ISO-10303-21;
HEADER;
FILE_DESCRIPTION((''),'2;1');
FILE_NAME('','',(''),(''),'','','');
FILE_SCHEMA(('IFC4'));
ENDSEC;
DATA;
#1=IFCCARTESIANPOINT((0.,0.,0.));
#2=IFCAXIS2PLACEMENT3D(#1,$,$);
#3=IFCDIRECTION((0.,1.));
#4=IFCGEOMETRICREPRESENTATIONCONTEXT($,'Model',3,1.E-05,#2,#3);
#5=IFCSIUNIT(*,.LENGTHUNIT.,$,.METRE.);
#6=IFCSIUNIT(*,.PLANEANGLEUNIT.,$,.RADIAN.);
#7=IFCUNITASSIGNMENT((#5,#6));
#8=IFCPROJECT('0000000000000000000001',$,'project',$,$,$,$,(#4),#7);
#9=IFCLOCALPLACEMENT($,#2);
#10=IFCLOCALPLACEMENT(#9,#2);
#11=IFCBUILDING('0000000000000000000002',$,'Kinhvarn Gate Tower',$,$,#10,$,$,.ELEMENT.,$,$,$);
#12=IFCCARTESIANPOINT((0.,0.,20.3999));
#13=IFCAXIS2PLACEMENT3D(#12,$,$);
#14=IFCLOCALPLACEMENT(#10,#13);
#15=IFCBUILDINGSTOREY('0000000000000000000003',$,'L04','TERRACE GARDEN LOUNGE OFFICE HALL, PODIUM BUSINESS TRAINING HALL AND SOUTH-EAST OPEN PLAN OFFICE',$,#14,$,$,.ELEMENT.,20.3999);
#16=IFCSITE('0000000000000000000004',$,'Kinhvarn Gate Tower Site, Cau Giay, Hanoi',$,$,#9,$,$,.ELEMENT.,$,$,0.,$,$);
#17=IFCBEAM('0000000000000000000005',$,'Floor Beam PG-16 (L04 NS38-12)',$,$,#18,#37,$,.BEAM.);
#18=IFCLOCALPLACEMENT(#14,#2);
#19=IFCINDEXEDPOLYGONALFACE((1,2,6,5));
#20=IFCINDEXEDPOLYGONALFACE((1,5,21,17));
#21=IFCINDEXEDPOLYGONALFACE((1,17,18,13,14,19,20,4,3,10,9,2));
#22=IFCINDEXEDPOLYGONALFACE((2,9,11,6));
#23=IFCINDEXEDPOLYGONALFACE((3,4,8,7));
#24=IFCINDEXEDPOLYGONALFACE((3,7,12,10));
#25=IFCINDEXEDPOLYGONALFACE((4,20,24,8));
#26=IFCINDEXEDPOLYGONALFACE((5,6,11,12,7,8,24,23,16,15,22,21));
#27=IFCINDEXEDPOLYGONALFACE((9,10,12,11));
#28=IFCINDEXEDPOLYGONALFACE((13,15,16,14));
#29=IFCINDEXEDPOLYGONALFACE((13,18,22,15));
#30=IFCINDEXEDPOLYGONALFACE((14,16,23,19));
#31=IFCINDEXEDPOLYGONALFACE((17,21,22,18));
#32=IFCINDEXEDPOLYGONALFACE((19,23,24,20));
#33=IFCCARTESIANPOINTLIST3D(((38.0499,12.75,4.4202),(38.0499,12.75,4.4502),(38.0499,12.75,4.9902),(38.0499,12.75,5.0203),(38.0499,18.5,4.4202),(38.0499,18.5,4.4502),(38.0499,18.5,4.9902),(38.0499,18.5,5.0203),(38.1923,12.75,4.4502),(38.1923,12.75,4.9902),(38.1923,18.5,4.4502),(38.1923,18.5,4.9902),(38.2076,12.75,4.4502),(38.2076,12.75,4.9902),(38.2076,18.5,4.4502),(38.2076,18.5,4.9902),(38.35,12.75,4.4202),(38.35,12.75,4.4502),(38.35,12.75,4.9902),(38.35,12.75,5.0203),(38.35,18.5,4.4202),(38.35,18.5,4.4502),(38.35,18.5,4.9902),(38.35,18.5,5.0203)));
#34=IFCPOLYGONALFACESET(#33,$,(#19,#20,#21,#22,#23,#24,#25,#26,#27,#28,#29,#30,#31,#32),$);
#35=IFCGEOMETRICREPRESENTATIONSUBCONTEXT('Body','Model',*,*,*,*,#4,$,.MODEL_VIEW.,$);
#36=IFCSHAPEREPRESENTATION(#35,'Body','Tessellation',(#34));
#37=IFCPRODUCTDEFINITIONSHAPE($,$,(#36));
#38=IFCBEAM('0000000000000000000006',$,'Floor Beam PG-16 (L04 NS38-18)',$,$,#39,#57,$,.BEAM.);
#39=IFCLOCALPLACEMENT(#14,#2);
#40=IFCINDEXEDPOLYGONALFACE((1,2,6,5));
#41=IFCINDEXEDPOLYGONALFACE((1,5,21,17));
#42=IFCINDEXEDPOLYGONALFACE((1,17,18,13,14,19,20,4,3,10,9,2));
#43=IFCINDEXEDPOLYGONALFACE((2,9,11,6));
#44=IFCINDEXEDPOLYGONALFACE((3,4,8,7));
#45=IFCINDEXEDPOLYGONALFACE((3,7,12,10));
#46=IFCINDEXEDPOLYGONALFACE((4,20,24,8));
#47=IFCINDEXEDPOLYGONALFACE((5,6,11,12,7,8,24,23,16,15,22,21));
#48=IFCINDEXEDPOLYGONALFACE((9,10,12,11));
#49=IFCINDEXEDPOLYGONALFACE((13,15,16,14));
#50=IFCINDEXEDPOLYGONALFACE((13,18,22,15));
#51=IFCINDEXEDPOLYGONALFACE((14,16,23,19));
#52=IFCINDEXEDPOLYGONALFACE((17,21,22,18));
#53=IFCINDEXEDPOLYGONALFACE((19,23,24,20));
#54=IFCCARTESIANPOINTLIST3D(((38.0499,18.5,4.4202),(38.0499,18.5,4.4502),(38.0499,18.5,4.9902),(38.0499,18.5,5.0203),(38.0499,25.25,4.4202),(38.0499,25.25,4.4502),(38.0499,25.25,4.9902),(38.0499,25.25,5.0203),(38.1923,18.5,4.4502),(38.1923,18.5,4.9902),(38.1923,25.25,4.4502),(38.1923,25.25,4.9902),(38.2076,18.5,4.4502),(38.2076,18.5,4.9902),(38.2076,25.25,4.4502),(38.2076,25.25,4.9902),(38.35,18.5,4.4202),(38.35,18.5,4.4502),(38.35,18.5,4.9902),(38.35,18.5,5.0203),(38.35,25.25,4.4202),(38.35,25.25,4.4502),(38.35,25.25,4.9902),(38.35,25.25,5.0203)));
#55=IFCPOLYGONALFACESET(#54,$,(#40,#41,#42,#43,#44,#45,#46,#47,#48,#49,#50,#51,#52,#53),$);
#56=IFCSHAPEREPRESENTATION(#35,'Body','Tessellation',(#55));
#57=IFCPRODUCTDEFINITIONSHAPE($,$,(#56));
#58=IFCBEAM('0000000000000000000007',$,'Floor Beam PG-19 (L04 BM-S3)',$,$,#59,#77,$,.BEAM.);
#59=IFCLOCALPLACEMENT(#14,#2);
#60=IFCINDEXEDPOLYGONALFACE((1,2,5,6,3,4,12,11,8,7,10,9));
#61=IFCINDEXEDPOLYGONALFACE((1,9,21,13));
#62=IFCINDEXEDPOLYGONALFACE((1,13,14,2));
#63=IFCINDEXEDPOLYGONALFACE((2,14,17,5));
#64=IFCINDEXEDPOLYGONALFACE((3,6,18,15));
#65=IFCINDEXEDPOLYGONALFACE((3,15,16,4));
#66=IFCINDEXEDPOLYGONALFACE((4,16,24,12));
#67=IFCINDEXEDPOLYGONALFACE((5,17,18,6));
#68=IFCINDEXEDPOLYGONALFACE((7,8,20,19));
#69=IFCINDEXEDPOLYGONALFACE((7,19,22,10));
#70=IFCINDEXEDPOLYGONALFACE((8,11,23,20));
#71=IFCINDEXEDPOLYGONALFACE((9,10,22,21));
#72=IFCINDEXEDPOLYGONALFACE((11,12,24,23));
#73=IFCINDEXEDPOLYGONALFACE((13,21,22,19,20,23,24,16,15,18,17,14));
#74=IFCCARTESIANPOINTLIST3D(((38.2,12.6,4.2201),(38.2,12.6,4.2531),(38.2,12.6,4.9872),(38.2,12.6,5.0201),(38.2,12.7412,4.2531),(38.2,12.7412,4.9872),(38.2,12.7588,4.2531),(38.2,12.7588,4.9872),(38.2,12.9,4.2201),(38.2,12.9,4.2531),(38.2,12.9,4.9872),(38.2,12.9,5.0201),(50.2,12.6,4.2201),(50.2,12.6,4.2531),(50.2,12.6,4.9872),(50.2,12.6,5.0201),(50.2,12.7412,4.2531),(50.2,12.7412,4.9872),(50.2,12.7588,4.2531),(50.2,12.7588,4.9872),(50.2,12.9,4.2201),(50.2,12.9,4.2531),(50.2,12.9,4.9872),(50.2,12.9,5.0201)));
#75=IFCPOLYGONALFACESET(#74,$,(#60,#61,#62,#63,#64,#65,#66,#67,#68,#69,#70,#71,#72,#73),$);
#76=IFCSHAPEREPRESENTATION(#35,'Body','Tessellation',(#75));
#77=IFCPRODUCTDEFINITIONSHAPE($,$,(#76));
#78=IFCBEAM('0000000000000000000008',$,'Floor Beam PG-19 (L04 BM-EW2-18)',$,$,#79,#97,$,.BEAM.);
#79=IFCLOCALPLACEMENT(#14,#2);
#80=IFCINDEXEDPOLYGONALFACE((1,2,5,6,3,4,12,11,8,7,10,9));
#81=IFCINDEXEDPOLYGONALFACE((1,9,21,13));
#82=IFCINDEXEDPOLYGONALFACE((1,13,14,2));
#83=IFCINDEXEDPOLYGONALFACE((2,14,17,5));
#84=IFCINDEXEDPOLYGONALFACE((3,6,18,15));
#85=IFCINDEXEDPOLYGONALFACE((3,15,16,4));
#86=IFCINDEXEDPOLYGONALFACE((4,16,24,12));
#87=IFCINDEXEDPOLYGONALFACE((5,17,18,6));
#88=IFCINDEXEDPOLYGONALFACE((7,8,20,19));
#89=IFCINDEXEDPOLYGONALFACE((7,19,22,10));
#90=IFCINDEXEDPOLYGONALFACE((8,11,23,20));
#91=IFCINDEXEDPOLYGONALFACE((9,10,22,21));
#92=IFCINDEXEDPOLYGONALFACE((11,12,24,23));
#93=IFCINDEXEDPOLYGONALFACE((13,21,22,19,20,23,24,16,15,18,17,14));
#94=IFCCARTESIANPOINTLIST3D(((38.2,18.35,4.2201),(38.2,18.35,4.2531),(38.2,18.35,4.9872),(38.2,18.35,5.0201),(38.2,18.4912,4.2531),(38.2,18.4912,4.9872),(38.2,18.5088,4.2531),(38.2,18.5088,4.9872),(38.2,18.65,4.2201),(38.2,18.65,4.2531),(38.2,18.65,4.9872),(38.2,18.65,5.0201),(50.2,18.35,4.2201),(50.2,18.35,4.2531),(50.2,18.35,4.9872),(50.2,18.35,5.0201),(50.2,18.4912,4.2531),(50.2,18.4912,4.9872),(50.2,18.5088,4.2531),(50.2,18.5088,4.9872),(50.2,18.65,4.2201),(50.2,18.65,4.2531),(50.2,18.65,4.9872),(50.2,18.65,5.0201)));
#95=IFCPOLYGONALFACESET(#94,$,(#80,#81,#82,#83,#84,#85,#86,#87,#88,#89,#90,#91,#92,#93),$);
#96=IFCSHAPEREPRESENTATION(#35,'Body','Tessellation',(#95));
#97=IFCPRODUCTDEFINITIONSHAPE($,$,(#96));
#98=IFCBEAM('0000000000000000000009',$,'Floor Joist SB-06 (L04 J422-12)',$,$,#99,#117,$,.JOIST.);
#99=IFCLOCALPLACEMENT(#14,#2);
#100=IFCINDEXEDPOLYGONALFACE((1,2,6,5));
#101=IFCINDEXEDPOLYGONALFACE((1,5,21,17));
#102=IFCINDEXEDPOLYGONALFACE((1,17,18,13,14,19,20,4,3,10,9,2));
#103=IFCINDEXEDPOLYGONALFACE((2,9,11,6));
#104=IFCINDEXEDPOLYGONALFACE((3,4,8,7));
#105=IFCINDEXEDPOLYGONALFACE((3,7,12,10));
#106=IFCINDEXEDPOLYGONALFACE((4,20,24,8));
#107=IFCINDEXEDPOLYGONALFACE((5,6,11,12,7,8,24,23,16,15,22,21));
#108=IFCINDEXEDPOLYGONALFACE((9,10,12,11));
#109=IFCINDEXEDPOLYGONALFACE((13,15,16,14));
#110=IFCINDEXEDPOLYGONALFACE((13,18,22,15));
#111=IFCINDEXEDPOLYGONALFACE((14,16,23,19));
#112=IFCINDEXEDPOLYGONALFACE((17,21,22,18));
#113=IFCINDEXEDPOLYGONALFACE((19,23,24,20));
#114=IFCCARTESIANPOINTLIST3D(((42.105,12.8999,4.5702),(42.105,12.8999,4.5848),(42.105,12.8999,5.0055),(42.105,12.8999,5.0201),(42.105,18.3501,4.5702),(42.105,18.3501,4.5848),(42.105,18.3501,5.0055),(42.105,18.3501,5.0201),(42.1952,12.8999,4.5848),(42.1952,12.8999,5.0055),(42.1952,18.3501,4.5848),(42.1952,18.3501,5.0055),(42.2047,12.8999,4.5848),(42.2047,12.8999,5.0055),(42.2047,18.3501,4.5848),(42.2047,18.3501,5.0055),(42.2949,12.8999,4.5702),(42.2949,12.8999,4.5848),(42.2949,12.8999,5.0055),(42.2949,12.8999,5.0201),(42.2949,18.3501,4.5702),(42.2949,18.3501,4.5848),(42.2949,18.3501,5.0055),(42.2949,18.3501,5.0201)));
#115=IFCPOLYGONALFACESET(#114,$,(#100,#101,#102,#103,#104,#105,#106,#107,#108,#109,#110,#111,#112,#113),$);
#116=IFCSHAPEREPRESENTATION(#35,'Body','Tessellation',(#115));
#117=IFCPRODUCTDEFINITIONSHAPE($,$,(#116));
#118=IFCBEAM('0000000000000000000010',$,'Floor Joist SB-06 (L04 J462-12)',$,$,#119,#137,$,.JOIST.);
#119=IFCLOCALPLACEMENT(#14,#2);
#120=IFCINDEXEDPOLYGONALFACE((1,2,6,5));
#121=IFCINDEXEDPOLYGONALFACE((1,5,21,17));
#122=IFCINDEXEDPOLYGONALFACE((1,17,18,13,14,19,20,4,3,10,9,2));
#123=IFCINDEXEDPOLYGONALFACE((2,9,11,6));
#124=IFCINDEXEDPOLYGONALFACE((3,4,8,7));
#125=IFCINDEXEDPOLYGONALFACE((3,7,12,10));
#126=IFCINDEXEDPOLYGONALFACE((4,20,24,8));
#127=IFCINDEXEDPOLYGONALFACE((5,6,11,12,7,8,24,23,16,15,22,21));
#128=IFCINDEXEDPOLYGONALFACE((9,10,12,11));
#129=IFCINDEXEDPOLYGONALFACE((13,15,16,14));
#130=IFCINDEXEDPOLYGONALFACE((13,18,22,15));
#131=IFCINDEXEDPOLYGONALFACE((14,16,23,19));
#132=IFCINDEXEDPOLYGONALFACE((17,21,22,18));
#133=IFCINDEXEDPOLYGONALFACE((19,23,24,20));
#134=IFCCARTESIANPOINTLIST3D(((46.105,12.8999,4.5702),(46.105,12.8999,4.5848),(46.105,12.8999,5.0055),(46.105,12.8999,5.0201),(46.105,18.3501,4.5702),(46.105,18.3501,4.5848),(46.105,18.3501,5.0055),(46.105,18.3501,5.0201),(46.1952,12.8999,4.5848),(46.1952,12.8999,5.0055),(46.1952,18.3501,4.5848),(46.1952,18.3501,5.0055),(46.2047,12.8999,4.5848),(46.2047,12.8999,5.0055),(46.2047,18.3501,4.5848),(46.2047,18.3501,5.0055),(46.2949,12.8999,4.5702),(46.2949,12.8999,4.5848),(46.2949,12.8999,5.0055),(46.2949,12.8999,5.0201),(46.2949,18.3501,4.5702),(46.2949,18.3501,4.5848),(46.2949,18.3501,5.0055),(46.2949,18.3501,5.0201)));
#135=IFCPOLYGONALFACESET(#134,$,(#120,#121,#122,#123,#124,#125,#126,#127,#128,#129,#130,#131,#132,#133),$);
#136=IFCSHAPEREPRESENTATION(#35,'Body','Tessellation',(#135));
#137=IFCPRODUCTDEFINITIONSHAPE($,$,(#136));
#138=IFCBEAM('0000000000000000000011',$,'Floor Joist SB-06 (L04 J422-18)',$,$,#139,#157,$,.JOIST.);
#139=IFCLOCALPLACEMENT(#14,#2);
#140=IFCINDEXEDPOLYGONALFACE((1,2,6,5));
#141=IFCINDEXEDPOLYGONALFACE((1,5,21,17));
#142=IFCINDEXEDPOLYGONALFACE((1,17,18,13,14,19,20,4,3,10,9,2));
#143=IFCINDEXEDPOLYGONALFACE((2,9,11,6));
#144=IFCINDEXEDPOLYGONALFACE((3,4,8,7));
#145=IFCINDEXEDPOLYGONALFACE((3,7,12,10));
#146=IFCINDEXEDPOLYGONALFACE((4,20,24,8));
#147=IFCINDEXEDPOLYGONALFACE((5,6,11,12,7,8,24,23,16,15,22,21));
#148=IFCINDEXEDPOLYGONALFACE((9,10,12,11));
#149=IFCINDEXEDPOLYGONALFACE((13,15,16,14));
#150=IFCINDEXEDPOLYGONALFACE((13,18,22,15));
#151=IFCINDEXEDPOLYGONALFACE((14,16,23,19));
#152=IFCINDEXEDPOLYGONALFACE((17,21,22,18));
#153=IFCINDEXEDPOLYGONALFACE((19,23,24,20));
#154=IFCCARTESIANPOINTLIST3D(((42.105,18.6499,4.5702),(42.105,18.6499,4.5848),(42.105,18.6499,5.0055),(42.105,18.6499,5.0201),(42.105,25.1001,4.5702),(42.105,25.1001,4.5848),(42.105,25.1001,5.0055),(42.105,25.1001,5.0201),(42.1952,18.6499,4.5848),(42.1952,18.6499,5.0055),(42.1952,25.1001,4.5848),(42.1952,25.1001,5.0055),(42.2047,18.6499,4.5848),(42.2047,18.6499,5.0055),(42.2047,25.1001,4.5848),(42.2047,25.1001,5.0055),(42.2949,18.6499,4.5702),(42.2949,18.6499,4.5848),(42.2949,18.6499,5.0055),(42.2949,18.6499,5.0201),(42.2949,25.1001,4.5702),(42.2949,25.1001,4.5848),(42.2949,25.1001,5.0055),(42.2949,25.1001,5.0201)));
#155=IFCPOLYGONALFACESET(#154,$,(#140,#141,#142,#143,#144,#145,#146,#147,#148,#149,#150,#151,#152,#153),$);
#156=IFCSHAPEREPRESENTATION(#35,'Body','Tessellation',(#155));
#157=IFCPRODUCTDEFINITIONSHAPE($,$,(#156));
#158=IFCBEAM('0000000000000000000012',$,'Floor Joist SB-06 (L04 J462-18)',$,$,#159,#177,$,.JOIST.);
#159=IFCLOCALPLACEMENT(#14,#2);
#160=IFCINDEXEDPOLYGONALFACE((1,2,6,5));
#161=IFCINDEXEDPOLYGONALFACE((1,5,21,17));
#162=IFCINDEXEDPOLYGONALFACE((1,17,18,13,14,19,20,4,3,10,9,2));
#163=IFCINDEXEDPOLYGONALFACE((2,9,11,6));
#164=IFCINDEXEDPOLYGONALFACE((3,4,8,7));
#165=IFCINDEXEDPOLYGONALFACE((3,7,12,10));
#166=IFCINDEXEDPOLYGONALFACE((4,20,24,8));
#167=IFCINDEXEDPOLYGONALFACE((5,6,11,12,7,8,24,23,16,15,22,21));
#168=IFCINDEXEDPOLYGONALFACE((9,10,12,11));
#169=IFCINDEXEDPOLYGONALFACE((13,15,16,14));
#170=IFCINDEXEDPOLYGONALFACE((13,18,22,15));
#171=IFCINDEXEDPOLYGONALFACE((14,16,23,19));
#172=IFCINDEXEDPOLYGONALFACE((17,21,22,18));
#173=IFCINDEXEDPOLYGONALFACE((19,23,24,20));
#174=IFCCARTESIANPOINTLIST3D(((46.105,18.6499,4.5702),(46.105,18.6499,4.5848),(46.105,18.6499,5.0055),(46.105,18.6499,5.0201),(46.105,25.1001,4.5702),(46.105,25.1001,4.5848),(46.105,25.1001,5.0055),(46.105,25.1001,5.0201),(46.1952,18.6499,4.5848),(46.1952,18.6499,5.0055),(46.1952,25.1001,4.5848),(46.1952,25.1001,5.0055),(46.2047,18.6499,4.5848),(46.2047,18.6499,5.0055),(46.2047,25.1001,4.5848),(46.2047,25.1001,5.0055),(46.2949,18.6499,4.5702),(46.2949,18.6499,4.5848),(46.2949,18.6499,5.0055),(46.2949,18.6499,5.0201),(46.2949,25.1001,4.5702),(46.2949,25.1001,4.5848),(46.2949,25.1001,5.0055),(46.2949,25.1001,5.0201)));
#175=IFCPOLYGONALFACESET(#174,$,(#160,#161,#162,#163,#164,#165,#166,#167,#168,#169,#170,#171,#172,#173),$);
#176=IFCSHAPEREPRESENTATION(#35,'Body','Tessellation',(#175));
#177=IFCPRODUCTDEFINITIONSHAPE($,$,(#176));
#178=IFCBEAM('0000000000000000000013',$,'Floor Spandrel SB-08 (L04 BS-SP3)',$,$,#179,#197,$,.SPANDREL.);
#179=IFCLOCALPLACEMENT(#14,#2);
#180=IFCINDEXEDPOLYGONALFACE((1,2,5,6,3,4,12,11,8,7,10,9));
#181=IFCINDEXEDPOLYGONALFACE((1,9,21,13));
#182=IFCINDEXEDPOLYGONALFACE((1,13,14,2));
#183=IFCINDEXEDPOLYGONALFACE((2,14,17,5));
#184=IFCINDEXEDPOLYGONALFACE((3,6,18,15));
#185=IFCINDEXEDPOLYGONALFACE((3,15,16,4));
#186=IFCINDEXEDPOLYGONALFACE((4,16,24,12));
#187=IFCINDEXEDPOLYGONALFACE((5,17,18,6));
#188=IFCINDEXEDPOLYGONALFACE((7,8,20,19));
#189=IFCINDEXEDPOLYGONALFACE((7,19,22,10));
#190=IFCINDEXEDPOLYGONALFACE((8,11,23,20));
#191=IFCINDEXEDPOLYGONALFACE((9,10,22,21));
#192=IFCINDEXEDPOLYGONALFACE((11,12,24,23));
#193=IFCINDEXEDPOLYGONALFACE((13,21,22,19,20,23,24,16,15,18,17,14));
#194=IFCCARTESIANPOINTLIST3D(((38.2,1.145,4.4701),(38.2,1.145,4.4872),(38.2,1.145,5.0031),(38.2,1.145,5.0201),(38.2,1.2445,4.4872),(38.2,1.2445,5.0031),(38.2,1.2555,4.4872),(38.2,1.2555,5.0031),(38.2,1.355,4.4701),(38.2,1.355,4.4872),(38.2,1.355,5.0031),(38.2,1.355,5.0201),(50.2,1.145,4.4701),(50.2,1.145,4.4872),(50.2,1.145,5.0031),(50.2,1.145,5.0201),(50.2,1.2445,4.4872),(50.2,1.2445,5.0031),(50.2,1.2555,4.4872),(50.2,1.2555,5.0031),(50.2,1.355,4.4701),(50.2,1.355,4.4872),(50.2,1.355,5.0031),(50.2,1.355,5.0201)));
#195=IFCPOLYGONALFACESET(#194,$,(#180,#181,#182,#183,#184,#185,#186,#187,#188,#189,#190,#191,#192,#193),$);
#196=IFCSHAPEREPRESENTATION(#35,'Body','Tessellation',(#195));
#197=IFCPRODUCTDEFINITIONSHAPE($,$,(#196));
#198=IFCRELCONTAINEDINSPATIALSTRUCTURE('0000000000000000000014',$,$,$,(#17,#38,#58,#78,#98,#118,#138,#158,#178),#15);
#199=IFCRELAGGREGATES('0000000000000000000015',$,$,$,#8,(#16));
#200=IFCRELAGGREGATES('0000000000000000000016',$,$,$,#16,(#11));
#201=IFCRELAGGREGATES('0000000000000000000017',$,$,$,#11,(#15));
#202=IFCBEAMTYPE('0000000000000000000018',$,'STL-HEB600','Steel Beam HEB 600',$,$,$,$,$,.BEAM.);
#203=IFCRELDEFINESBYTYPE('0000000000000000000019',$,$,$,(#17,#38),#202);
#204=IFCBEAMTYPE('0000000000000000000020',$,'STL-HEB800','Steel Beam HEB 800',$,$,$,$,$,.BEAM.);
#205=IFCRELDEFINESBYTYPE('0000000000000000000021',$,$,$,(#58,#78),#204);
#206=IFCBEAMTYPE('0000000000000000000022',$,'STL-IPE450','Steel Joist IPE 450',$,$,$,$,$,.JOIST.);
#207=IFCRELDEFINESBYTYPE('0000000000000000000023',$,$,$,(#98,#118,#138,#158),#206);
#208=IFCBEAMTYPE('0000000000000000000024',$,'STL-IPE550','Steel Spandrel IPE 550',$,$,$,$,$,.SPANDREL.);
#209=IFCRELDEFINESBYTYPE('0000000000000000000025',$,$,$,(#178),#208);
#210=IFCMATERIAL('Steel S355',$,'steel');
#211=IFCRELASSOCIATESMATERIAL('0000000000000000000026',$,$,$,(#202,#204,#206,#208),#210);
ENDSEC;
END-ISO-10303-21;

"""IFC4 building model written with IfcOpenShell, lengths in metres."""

from ifc_helpers import new_model, si_unit, direction, frame, origin, origin_2d, place, context, subcontext, project, spatial, i_section, extrude, material, material_profile, profile_set, type_object, element, save


model = new_model("IFC4")

# Units and contexts
model_context = context("Model", 3, precision=1e-05, world=origin(), true_north=direction((0.0, 1.0)))
body_context = subcontext(model_context, "Body", "Model", "MODEL_VIEW")
ifc_project = project(units=[si_unit("LENGTHUNIT", "METRE"), si_unit("PLANEANGLEUNIT", "RADIAN")], contexts=[model_context])

# Site, building, storey
site_placement = place(None, origin())
site = spatial("IfcSite", under=ifc_project, at=site_placement, Name="Kinhvarn Gate Tower Site, Cau Giay, Hanoi", CompositionType="ELEMENT", RefElevation=0.0)
building_placement = place(site_placement, origin())
building = spatial("IfcBuilding", under=site, at=building_placement, Name="Kinhvarn Gate Tower", CompositionType="ELEMENT")
storey_placement = place(building_placement, frame((0.0, 0.0, 20.3999)))
storey = spatial("IfcBuildingStorey", under=building, at=storey_placement, Name="L04", Description="TERRACE GARDEN LOUNGE OFFICE HALL, PODIUM BUSINESS TRAINING HALL AND SOUTH-EAST OPEN PLAN OFFICE", CompositionType="ELEMENT", Elevation=20.3999)

# Beams
ifc_material_1 = material(Name="Steel S355", Category="steel")
ifc_material_profile_1 = material_profile(ifc_material_1, i_section(OverallWidth=0.3, OverallDepth=0.6001, WebThickness=0.0154, FlangeThickness=0.03, at=origin_2d()), Name="HEB 600")
ifc_profile_set_1 = profile_set([ifc_material_profile_1], Name="Steel S355")
beam_type_1 = type_object("IfcBeamType", Name="STL-HEB600", Description="Steel Beam HEB 600", PredefinedType="BEAM", material=ifc_profile_set_1)
beam_1_placement = place(storey_placement, frame((38.2, 12.75, 4.7202), z_axis=(0.0, 1.0, 0.0), x_axis=(-1.0, 0.0, 0.0)))
element("IfcBeam", 1, at=beam_1_placement, inside=storey, type_object=beam_type_1, Name="Floor Beam PG-16 (L04 NS38-12)", PredefinedType="BEAM", context=body_context, shape_type="SweptSolid", body=[
    extrude(i_section(OverallWidth=0.3, OverallDepth=0.6001, WebThickness=0.0154, FlangeThickness=0.03, at=origin_2d()), origin(), (0.0, 0.0, 1.0), 5.75),
])
beam_2_placement = place(storey_placement, frame((38.2, 18.5, 4.7202), z_axis=(0.0, 1.0, 0.0), x_axis=(-1.0, 0.0, 0.0)))
element("IfcBeam", 2, at=beam_2_placement, inside=storey, type_object=beam_type_1, Name="Floor Beam PG-16 (L04 NS38-18)", PredefinedType="BEAM", context=body_context, shape_type="SweptSolid", body=[
    extrude(i_section(OverallWidth=0.3, OverallDepth=0.6001, WebThickness=0.0154, FlangeThickness=0.03, at=origin_2d()), origin(), (0.0, 0.0, 1.0), 6.75),
])
ifc_material_profile_2 = material_profile(ifc_material_1, i_section(OverallWidth=0.3, OverallDepth=0.8, WebThickness=0.0176, FlangeThickness=0.033, at=origin_2d()), Name="HEB 800")
ifc_profile_set_2 = profile_set([ifc_material_profile_2], Name="Steel S355")
beam_type_2 = type_object("IfcBeamType", Name="STL-HEB800", Description="Steel Beam HEB 800", PredefinedType="BEAM", material=ifc_profile_set_2)
for number, where, z_axis, x_axis, name in (
    (3, (38.2, 12.75, 4.6201), (1.0, 0.0, 0.0), (0.0, 1.0, 0.0), "Floor Beam PG-19 (L04 BM-S3)"),
    (4, (38.2, 18.5, 4.6201), (1.0, 0.0, 0.0), (0.0, 1.0, 0.0), "Floor Beam PG-19 (L04 BM-EW2-18)"),
):
    element("IfcBeam", number, at=place(storey_placement, frame(where, z_axis=z_axis, x_axis=x_axis)), inside=storey, type_object=beam_type_2, Name=name, PredefinedType="BEAM", context=body_context, shape_type="SweptSolid", body=[
        extrude(i_section(OverallWidth=0.3, OverallDepth=0.8, WebThickness=0.0176, FlangeThickness=0.033, at=origin_2d()), origin(), (0.0, 0.0, 1.0), 12.0),
    ])
ifc_material_profile_3 = material_profile(ifc_material_1, i_section(OverallWidth=0.1899, OverallDepth=0.45, WebThickness=0.0095, FlangeThickness=0.0146, at=origin_2d()), Name="IPE 450")
ifc_profile_set_3 = profile_set([ifc_material_profile_3], Name="Steel S355")
beam_type_3 = type_object("IfcBeamType", Name="STL-IPE450", Description="Steel Joist IPE 450", PredefinedType="JOIST", material=ifc_profile_set_3)
for number, where, z_axis, x_axis, name in (
    (5, (42.2, 12.8999, 4.7952), (0.0, 1.0, 0.0), (-1.0, 0.0, 0.0), "Floor Joist SB-06 (L04 J422-12)"),
    (6, (46.2, 12.8999, 4.7952), (0.0, 1.0, 0.0), (-1.0, 0.0, 0.0), "Floor Joist SB-06 (L04 J462-12)"),
):
    element("IfcBeam", number, at=place(storey_placement, frame(where, z_axis=z_axis, x_axis=x_axis)), inside=storey, type_object=beam_type_3, Name=name, PredefinedType="JOIST", context=body_context, shape_type="SweptSolid", body=[
        extrude(i_section(OverallWidth=0.1899, OverallDepth=0.45, WebThickness=0.0095, FlangeThickness=0.0146, at=origin_2d()), origin(), (0.0, 0.0, 1.0), 5.4502),
    ])
for number, where, z_axis, x_axis, name in (
    (7, (42.2, 18.6499, 4.7952), (0.0, 1.0, 0.0), (-1.0, 0.0, 0.0), "Floor Joist SB-06 (L04 J422-18)"),
    (8, (46.2, 18.6499, 4.7952), (0.0, 1.0, 0.0), (-1.0, 0.0, 0.0), "Floor Joist SB-06 (L04 J462-18)"),
):
    element("IfcBeam", number, at=place(storey_placement, frame(where, z_axis=z_axis, x_axis=x_axis)), inside=storey, type_object=beam_type_3, Name=name, PredefinedType="JOIST", context=body_context, shape_type="SweptSolid", body=[
        extrude(i_section(OverallWidth=0.1899, OverallDepth=0.45, WebThickness=0.0095, FlangeThickness=0.0146, at=origin_2d()), origin(), (0.0, 0.0, 1.0), 6.4502),
    ])
ifc_material_profile_4 = material_profile(ifc_material_1, i_section(OverallWidth=0.21, OverallDepth=0.55, WebThickness=0.011, FlangeThickness=0.0171, at=origin_2d()), Name="IPE 550")
ifc_profile_set_4 = profile_set([ifc_material_profile_4], Name="Steel S355")
beam_type_4 = type_object("IfcBeamType", Name="STL-IPE550", Description="Steel Spandrel IPE 550", PredefinedType="SPANDREL", material=ifc_profile_set_4)
beam_3_placement = place(storey_placement, frame((38.2, 1.25, 4.7451), z_axis=(1.0, 0.0, 0.0), x_axis=(0.0, 1.0, 0.0)))
element("IfcBeam", 9, at=beam_3_placement, inside=storey, type_object=beam_type_4, Name="Floor Spandrel SB-08 (L04 BS-SP3)", PredefinedType="SPANDREL", context=body_context, shape_type="SweptSolid", body=[
    extrude(i_section(OverallWidth=0.21, OverallDepth=0.55, WebThickness=0.011, FlangeThickness=0.0171, at=origin_2d()), origin(), (0.0, 0.0, 1.0), 12.0),
])

save(model, "model.ifc")
